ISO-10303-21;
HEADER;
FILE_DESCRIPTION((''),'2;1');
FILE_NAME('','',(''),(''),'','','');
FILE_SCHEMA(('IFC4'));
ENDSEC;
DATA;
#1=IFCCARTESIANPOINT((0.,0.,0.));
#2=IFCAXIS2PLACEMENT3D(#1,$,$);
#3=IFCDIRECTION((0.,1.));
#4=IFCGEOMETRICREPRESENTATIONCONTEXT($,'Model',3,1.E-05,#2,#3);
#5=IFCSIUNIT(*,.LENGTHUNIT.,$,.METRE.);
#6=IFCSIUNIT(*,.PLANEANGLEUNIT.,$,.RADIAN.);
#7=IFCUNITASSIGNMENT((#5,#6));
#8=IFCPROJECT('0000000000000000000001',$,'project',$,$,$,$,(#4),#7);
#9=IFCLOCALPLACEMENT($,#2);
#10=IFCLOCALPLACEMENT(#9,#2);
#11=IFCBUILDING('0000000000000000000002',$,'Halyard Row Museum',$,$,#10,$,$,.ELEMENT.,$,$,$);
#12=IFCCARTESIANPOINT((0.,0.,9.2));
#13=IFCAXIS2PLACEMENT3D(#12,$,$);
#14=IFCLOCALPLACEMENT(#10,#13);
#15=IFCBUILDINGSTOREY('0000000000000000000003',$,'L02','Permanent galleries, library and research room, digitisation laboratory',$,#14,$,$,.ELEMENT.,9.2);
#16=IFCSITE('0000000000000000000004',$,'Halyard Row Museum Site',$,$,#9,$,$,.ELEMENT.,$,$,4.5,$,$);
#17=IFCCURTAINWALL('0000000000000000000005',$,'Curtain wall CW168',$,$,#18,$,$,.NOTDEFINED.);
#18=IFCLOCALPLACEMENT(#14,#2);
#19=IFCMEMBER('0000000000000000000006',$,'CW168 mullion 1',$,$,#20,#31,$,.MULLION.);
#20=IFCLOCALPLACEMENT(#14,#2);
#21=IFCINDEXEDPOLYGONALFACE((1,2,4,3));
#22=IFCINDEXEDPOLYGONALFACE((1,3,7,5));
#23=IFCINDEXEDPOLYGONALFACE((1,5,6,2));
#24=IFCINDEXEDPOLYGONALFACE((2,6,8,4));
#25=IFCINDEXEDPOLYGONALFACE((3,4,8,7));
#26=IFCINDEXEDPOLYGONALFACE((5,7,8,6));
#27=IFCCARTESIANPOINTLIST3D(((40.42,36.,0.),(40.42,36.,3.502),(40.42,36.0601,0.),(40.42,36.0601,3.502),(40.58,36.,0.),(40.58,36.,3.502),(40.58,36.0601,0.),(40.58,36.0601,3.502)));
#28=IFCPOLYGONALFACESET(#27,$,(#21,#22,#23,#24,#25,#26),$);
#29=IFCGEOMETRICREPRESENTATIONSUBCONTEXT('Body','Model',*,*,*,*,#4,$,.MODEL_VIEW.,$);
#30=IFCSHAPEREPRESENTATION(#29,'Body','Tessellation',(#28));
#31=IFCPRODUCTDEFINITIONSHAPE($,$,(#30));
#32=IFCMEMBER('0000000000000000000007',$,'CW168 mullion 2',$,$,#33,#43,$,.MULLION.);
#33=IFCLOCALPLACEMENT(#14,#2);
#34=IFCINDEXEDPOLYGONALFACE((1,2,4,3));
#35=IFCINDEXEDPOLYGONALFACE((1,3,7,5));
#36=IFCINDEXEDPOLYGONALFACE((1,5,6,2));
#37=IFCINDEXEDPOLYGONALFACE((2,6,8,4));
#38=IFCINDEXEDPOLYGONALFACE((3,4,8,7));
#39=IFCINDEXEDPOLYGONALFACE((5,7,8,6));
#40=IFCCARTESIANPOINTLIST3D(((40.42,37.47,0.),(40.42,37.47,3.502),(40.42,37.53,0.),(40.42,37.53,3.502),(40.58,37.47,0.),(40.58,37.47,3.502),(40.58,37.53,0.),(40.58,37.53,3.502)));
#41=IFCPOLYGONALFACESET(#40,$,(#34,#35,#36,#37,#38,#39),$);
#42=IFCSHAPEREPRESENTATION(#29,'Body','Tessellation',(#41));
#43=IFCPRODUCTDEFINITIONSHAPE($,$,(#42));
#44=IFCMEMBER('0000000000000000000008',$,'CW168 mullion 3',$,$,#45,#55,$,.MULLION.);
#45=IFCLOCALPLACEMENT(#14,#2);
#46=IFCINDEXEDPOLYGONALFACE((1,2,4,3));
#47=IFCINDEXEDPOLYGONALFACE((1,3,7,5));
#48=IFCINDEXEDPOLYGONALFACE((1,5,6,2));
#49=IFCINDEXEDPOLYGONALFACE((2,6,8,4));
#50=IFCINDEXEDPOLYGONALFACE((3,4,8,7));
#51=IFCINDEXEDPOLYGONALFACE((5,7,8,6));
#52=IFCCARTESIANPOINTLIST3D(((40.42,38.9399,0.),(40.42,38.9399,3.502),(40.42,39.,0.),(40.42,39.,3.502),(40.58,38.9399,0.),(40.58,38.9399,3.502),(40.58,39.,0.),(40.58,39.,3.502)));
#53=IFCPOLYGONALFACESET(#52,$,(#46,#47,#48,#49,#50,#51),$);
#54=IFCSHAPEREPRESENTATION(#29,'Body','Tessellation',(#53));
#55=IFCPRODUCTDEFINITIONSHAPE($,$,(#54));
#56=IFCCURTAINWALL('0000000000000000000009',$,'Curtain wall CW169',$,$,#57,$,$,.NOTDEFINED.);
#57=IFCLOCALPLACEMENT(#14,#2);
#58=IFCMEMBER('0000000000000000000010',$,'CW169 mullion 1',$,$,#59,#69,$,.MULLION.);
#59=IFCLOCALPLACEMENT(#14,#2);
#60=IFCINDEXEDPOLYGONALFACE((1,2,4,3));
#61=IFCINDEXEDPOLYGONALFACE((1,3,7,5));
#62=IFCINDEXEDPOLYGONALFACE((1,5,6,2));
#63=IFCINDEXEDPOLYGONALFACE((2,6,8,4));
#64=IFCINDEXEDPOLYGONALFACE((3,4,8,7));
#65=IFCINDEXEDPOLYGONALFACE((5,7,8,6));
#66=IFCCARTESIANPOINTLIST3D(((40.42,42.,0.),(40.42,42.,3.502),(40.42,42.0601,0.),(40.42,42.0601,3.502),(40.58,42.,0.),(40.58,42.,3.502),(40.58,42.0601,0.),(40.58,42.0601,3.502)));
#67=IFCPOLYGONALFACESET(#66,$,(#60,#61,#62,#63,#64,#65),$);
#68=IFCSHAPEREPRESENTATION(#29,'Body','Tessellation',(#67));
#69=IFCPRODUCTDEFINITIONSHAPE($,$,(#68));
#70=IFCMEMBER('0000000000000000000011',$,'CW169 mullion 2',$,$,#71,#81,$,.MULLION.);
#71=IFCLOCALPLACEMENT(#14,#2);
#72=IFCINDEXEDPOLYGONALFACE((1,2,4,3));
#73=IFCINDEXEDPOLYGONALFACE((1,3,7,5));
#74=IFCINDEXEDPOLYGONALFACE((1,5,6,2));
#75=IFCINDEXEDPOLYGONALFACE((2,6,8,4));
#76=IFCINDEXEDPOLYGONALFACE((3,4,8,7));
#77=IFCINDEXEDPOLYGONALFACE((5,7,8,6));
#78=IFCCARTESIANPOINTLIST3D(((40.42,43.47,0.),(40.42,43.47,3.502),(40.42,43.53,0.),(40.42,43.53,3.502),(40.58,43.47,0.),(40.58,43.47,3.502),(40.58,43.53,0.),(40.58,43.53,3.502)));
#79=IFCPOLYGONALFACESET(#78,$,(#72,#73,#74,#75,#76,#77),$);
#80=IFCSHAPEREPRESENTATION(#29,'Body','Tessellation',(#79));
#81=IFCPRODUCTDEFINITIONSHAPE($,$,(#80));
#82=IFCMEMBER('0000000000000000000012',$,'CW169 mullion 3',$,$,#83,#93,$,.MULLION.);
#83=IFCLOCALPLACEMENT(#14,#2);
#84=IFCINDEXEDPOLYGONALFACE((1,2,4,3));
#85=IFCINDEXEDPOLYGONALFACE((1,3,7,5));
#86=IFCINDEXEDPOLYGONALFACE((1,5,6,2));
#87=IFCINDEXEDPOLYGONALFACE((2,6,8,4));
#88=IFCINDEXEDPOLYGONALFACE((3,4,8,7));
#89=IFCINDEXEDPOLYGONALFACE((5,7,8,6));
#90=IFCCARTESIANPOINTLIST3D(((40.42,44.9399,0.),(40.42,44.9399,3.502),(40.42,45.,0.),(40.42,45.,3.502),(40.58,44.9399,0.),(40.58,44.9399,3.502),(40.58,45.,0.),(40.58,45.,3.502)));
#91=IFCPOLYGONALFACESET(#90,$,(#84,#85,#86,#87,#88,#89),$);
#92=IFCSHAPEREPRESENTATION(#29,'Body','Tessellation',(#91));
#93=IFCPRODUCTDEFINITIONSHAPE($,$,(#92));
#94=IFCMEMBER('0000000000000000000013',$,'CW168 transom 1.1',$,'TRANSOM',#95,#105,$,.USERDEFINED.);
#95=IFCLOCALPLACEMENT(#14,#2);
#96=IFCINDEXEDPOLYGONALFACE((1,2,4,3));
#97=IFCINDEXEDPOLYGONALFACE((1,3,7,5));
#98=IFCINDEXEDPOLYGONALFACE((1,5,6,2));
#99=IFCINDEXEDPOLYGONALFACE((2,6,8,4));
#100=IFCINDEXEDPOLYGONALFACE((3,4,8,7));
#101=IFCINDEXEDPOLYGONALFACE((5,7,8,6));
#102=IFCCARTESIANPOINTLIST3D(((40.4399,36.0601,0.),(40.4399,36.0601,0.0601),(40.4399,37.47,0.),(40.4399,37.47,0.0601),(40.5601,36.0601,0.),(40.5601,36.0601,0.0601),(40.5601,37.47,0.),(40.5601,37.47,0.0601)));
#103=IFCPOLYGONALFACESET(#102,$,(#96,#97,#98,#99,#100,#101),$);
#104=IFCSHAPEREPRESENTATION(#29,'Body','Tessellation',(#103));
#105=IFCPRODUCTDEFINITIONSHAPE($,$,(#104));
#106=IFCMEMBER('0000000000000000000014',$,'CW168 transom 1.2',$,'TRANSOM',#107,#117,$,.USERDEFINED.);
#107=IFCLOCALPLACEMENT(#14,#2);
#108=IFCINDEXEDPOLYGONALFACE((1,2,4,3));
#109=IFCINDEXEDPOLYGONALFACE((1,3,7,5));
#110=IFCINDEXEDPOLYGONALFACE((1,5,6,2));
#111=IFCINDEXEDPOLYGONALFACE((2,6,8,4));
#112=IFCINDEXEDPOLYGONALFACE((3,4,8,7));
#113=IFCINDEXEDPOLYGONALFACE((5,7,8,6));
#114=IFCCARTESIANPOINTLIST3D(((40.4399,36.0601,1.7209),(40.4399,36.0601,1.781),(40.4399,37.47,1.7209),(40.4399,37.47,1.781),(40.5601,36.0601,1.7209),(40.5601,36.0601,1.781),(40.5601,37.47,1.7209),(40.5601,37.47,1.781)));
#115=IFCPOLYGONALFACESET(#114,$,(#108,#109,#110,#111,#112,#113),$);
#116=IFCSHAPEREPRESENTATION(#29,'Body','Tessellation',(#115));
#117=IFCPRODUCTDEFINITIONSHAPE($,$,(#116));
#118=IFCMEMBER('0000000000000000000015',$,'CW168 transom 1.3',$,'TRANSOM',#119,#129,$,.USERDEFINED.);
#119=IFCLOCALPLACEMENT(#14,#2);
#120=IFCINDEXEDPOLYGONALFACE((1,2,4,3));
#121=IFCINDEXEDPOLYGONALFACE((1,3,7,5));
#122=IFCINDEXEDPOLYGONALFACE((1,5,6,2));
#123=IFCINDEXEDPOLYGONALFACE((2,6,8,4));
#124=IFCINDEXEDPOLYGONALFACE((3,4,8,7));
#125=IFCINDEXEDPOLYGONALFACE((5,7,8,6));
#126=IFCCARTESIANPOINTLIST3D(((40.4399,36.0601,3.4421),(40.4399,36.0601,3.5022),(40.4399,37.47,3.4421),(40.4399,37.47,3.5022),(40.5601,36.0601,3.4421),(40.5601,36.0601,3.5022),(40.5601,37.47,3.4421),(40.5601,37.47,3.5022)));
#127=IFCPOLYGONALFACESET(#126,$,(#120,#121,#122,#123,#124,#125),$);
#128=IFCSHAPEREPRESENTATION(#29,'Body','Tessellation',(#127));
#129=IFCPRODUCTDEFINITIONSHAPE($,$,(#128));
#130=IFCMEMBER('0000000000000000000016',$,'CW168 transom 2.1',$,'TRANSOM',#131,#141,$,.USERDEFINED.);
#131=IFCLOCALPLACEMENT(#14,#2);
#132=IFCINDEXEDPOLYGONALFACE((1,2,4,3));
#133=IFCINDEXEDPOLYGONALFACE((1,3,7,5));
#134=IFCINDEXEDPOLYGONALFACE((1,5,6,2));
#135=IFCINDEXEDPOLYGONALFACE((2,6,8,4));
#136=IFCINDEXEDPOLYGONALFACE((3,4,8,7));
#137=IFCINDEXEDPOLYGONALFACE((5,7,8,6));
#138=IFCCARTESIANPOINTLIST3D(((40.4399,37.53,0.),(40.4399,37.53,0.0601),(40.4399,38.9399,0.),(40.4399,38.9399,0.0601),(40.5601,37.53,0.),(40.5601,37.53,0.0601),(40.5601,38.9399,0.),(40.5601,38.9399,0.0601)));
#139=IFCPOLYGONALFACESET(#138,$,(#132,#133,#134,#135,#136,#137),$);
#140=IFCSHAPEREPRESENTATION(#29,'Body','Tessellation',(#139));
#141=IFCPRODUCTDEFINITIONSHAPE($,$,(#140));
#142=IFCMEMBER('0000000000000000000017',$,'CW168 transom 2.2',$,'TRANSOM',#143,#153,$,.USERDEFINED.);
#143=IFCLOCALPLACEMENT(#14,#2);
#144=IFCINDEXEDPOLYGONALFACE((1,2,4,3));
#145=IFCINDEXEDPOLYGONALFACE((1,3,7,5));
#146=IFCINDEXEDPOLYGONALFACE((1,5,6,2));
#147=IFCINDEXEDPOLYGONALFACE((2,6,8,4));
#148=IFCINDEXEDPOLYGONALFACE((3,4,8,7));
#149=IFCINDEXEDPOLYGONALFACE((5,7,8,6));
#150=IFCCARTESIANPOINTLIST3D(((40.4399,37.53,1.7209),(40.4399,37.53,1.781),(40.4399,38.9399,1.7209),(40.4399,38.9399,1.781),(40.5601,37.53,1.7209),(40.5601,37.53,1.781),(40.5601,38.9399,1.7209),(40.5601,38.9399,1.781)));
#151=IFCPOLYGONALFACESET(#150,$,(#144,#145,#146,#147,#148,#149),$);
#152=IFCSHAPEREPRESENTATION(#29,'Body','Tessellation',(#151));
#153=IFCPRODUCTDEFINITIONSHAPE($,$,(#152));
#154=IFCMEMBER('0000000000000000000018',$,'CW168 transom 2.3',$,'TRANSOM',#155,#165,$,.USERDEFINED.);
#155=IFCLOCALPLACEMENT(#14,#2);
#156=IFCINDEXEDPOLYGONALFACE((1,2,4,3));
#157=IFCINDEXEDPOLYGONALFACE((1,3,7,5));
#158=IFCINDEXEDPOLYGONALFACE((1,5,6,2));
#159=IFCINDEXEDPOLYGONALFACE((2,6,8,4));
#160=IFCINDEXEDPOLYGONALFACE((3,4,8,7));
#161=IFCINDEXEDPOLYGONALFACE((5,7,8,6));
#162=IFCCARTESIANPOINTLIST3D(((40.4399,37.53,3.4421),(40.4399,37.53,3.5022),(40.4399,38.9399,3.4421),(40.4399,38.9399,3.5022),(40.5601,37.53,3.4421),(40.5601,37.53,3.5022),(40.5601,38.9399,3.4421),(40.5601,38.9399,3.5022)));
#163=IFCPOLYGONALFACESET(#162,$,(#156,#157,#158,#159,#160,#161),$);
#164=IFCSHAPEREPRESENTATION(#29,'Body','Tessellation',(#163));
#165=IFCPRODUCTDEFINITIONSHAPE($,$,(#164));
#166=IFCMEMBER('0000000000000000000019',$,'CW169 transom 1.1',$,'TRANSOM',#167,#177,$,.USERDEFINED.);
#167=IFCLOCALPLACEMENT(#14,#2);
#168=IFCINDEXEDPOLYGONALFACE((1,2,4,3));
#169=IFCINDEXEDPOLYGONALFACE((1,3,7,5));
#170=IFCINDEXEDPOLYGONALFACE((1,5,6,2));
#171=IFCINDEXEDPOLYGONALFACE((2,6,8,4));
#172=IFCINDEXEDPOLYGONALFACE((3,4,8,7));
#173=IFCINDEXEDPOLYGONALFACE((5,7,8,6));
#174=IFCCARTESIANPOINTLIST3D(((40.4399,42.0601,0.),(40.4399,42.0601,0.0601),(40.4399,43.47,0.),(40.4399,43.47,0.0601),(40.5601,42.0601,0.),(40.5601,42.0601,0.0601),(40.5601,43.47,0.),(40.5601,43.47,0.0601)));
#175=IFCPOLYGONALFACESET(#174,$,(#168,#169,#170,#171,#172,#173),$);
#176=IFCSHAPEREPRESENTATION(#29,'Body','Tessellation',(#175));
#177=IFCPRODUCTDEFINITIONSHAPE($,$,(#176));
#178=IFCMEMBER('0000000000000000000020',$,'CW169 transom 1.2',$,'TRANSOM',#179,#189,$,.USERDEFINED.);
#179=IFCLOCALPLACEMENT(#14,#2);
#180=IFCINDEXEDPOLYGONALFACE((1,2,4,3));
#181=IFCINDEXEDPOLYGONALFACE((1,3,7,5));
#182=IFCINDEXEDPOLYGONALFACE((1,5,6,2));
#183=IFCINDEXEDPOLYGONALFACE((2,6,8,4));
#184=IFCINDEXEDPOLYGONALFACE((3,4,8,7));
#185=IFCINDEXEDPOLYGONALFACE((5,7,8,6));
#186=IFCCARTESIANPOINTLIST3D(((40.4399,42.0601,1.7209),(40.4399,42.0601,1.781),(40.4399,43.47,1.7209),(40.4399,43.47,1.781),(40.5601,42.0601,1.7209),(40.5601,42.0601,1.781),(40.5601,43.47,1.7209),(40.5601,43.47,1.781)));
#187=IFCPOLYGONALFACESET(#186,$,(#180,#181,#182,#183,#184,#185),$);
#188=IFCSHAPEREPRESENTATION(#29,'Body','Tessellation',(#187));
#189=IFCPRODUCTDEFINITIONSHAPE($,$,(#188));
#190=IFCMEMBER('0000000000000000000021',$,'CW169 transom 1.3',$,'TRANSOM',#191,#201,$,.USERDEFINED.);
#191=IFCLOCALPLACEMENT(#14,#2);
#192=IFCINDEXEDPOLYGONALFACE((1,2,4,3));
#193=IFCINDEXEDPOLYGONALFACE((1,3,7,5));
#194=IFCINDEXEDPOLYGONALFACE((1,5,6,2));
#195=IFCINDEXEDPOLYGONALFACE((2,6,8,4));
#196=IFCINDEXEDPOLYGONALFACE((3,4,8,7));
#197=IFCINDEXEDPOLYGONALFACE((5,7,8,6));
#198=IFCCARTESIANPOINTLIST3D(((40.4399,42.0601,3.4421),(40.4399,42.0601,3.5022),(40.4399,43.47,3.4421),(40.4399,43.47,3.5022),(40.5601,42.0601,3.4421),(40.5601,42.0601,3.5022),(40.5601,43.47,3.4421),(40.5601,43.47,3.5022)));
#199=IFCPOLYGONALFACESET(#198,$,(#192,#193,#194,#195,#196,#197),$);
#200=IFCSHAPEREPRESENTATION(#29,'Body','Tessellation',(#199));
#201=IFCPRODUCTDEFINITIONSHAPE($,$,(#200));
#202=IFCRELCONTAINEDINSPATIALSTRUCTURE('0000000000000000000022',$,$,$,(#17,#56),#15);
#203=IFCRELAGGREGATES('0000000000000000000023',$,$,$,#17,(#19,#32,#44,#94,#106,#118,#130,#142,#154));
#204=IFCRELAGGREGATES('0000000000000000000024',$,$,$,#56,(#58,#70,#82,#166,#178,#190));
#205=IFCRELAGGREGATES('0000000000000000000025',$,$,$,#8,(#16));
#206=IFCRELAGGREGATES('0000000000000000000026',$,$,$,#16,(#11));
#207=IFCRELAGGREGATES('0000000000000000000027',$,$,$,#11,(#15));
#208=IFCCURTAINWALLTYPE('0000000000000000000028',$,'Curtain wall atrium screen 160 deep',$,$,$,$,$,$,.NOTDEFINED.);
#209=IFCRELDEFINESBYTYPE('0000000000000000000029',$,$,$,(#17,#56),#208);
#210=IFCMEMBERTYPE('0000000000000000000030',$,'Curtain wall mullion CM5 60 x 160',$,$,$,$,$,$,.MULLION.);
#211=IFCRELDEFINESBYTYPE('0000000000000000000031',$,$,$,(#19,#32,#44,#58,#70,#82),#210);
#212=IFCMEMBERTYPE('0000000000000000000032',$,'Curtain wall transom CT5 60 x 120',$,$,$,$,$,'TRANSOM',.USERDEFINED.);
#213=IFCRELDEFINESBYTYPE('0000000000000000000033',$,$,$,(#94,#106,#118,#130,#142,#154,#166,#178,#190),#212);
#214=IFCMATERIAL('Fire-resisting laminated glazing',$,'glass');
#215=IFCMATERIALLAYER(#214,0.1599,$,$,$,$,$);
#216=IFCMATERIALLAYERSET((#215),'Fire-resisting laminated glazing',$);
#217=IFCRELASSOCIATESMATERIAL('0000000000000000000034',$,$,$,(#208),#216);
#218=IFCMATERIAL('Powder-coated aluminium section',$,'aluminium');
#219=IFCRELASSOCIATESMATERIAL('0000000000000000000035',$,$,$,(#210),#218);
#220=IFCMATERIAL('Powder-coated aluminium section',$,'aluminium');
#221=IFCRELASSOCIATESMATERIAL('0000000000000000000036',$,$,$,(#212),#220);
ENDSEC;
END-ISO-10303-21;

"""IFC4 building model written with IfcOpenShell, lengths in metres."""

from ifc_helpers import new_model, si_unit, direction, frame, origin, origin_2d, place, context, subcontext, project, spatial, rectangle, extrude, material, layer, layer_set, material_profile, profile_set, type_object, element, aggregate, save


model = new_model("IFC4")

# Units and contexts
model_context = context("Model", 3, precision=1e-05, world=origin(), true_north=direction((0.0, 1.0)))
body_context = subcontext(model_context, "Body", "Model", "MODEL_VIEW")
ifc_project = project(units=[si_unit("LENGTHUNIT", "METRE"), si_unit("PLANEANGLEUNIT", "RADIAN")], contexts=[model_context])

# Site, building, storey
site_placement = place(None, origin())
site = spatial("IfcSite", under=ifc_project, at=site_placement, Name="Halyard Row Museum Site", CompositionType="ELEMENT", RefElevation=4.5)
building_placement = place(site_placement, origin())
building = spatial("IfcBuilding", under=site, at=building_placement, Name="Halyard Row Museum", CompositionType="ELEMENT")
storey_placement = place(building_placement, frame((0.0, 0.0, 9.2)))
storey = spatial("IfcBuildingStorey", under=building, at=storey_placement, Name="L02", Description="Permanent galleries, library and research room, digitisation laboratory", CompositionType="ELEMENT", Elevation=9.2)

# Curtain walls, members
ifc_material_1 = material(Name="Fire-resisting laminated glazing", Category="glass")
ifc_layer_1 = layer(ifc_material_1, 0.1599)
ifc_layer_set_1 = layer_set([ifc_layer_1], Name="Fire-resisting laminated glazing")
curtain_wall_type = type_object("IfcCurtainWallType", Name="Curtain wall atrium screen 160 deep", PredefinedType="NOTDEFINED", material=ifc_layer_set_1)
curtain_wall_1_placement = place(storey_placement, origin())
curtain_wall_1 = element("IfcCurtainWall", 1, at=curtain_wall_1_placement, inside=storey, type_object=curtain_wall_type, Name="Curtain wall CW168", PredefinedType="NOTDEFINED")
ifc_material_2 = material(Name="Powder-coated aluminium section", Category="aluminium")
ifc_material_profile_1 = material_profile(ifc_material_2, rectangle(XDim=0.1599, YDim=0.0601, at=origin_2d()), Name="160x60 mullion")
ifc_profile_set_1 = profile_set([ifc_material_profile_1], Name="Powder-coated aluminium section")
member_type_1 = type_object("IfcMemberType", Name="Curtain wall mullion CM5 60 x 160", PredefinedType="MULLION", material=ifc_profile_set_1)
member_1_placement = place(storey_placement, frame((40.5, 36.03, 0.0), z_axis=(0.0, 0.0, 1.0), x_axis=(-1.0, 0.0, 0.0)))
member_1 = element("IfcMember", 2, at=member_1_placement, type_object=member_type_1, Name="CW168 mullion 1", PredefinedType="MULLION", context=body_context, shape_type="SweptSolid", body=[
    extrude(rectangle(XDim=0.1599, YDim=0.0601, at=origin_2d()), origin(), (0.0, 0.0, 1.0), 3.502),
])
member_2_placement = place(storey_placement, frame((40.5, 37.5, 0.0), z_axis=(0.0, 0.0, 1.0), x_axis=(-1.0, 0.0, 0.0)))
member_2 = element("IfcMember", 3, at=member_2_placement, type_object=member_type_1, Name="CW168 mullion 2", PredefinedType="MULLION", context=body_context, shape_type="SweptSolid", body=[
    extrude(rectangle(XDim=0.1599, YDim=0.0601, at=origin_2d()), origin(), (0.0, 0.0, 1.0), 3.502),
])
member_3_placement = place(storey_placement, frame((40.5, 38.97, 0.0), z_axis=(0.0, 0.0, 1.0), x_axis=(-1.0, 0.0, 0.0)))
member_3 = element("IfcMember", 4, at=member_3_placement, type_object=member_type_1, Name="CW168 mullion 3", PredefinedType="MULLION", context=body_context, shape_type="SweptSolid", body=[
    extrude(rectangle(XDim=0.1599, YDim=0.0601, at=origin_2d()), origin(), (0.0, 0.0, 1.0), 3.502),
])
curtain_wall_2_placement = place(storey_placement, origin())
curtain_wall_2 = element("IfcCurtainWall", 5, at=curtain_wall_2_placement, inside=storey, type_object=curtain_wall_type, Name="Curtain wall CW169", PredefinedType="NOTDEFINED")
member_4_placement = place(storey_placement, frame((40.5, 42.03, 0.0), z_axis=(0.0, 0.0, 1.0), x_axis=(-1.0, 0.0, 0.0)))
member_4 = element("IfcMember", 6, at=member_4_placement, type_object=member_type_1, Name="CW169 mullion 1", PredefinedType="MULLION", context=body_context, shape_type="SweptSolid", body=[
    extrude(rectangle(XDim=0.1599, YDim=0.0601, at=origin_2d()), origin(), (0.0, 0.0, 1.0), 3.502),
])
member_5_placement = place(storey_placement, frame((40.5, 43.5, 0.0), z_axis=(0.0, 0.0, 1.0), x_axis=(-1.0, 0.0, 0.0)))
member_5 = element("IfcMember", 7, at=member_5_placement, type_object=member_type_1, Name="CW169 mullion 2", PredefinedType="MULLION", context=body_context, shape_type="SweptSolid", body=[
    extrude(rectangle(XDim=0.1599, YDim=0.0601, at=origin_2d()), origin(), (0.0, 0.0, 1.0), 3.502),
])
member_6_placement = place(storey_placement, frame((40.5, 44.97, 0.0), z_axis=(0.0, 0.0, 1.0), x_axis=(-1.0, 0.0, 0.0)))
member_6 = element("IfcMember", 8, at=member_6_placement, type_object=member_type_1, Name="CW169 mullion 3", PredefinedType="MULLION", context=body_context, shape_type="SweptSolid", body=[
    extrude(rectangle(XDim=0.1599, YDim=0.0601, at=origin_2d()), origin(), (0.0, 0.0, 1.0), 3.502),
])

# Members
ifc_material_3 = material(Name="Powder-coated aluminium section", Category="aluminium")
ifc_material_profile_2 = material_profile(ifc_material_3, rectangle(XDim=0.1201, YDim=0.0601, at=origin_2d()), Name="120x60 transom")
ifc_profile_set_2 = profile_set([ifc_material_profile_2], Name="Powder-coated aluminium section")
member_type_2 = type_object("IfcMemberType", Name="Curtain wall transom CT5 60 x 120", ElementType="TRANSOM", PredefinedType="USERDEFINED", material=ifc_profile_set_2)
member_7_placement = place(storey_placement, frame((40.5, 36.0601, 0.03), z_axis=(0.0, 1.0, 0.0), x_axis=(-1.0, 0.0, 0.0)))
member_7 = element("IfcMember", 9, at=member_7_placement, type_object=member_type_2, Name="CW168 transom 1.1", ObjectType="TRANSOM", PredefinedType="USERDEFINED", context=body_context, shape_type="SweptSolid", body=[
    extrude(rectangle(XDim=0.1201, YDim=0.0601, at=origin_2d()), origin(), (0.0, 0.0, 1.0), 1.4099),
])
member_8_placement = place(storey_placement, frame((40.5, 36.0601, 1.751), z_axis=(0.0, 1.0, 0.0), x_axis=(-1.0, 0.0, 0.0)))
member_8 = element("IfcMember", 10, at=member_8_placement, type_object=member_type_2, Name="CW168 transom 1.2", ObjectType="TRANSOM", PredefinedType="USERDEFINED", context=body_context, shape_type="SweptSolid", body=[
    extrude(rectangle(XDim=0.1201, YDim=0.0601, at=origin_2d()), origin(), (0.0, 0.0, 1.0), 1.4099),
])
member_9_placement = place(storey_placement, frame((40.5, 36.0601, 3.4722), z_axis=(0.0, 1.0, 0.0), x_axis=(-1.0, 0.0, 0.0)))
member_9 = element("IfcMember", 11, at=member_9_placement, type_object=member_type_2, Name="CW168 transom 1.3", ObjectType="TRANSOM", PredefinedType="USERDEFINED", context=body_context, shape_type="SweptSolid", body=[
    extrude(rectangle(XDim=0.1201, YDim=0.0601, at=origin_2d()), origin(), (0.0, 0.0, 1.0), 1.4099),
])
member_10_placement = place(storey_placement, frame((40.5, 37.53, 0.03), z_axis=(0.0, 1.0, 0.0), x_axis=(-1.0, 0.0, 0.0)))
member_10 = element("IfcMember", 12, at=member_10_placement, type_object=member_type_2, Name="CW168 transom 2.1", ObjectType="TRANSOM", PredefinedType="USERDEFINED", context=body_context, shape_type="SweptSolid", body=[
    extrude(rectangle(XDim=0.1201, YDim=0.0601, at=origin_2d()), origin(), (0.0, 0.0, 1.0), 1.4099),
])
member_11_placement = place(storey_placement, frame((40.5, 37.53, 1.751), z_axis=(0.0, 1.0, 0.0), x_axis=(-1.0, 0.0, 0.0)))
member_11 = element("IfcMember", 13, at=member_11_placement, type_object=member_type_2, Name="CW168 transom 2.2", ObjectType="TRANSOM", PredefinedType="USERDEFINED", context=body_context, shape_type="SweptSolid", body=[
    extrude(rectangle(XDim=0.1201, YDim=0.0601, at=origin_2d()), origin(), (0.0, 0.0, 1.0), 1.4099),
])
member_12_placement = place(storey_placement, frame((40.5, 37.53, 3.4722), z_axis=(0.0, 1.0, 0.0), x_axis=(-1.0, 0.0, 0.0)))
member_12 = element("IfcMember", 14, at=member_12_placement, type_object=member_type_2, Name="CW168 transom 2.3", ObjectType="TRANSOM", PredefinedType="USERDEFINED", context=body_context, shape_type="SweptSolid", body=[
    extrude(rectangle(XDim=0.1201, YDim=0.0601, at=origin_2d()), origin(), (0.0, 0.0, 1.0), 1.4099),
])
member_13_placement = place(storey_placement, frame((40.5, 42.0601, 0.03), z_axis=(0.0, 1.0, 0.0), x_axis=(-1.0, 0.0, 0.0)))
member_13 = element("IfcMember", 15, at=member_13_placement, type_object=member_type_2, Name="CW169 transom 1.1", ObjectType="TRANSOM", PredefinedType="USERDEFINED", context=body_context, shape_type="SweptSolid", body=[
    extrude(rectangle(XDim=0.1201, YDim=0.0601, at=origin_2d()), origin(), (0.0, 0.0, 1.0), 1.4099),
])
member_14_placement = place(storey_placement, frame((40.5, 42.0601, 1.751), z_axis=(0.0, 1.0, 0.0), x_axis=(-1.0, 0.0, 0.0)))
member_14 = element("IfcMember", 16, at=member_14_placement, type_object=member_type_2, Name="CW169 transom 1.2", ObjectType="TRANSOM", PredefinedType="USERDEFINED", context=body_context, shape_type="SweptSolid", body=[
    extrude(rectangle(XDim=0.1201, YDim=0.0601, at=origin_2d()), origin(), (0.0, 0.0, 1.0), 1.4099),
])
member_15_placement = place(storey_placement, frame((40.5, 42.0601, 3.4722), z_axis=(0.0, 1.0, 0.0), x_axis=(-1.0, 0.0, 0.0)))
member_15 = element("IfcMember", 17, at=member_15_placement, type_object=member_type_2, Name="CW169 transom 1.3", ObjectType="TRANSOM", PredefinedType="USERDEFINED", context=body_context, shape_type="SweptSolid", body=[
    extrude(rectangle(XDim=0.1201, YDim=0.0601, at=origin_2d()), origin(), (0.0, 0.0, 1.0), 1.4099),
])

aggregate(curtain_wall_1, [member_1, member_2, member_3, member_7, member_8, member_9, member_10, member_11, member_12])
aggregate(curtain_wall_2, [member_4, member_5, member_6, member_13, member_14, member_15])

save(model, "model.ifc")
